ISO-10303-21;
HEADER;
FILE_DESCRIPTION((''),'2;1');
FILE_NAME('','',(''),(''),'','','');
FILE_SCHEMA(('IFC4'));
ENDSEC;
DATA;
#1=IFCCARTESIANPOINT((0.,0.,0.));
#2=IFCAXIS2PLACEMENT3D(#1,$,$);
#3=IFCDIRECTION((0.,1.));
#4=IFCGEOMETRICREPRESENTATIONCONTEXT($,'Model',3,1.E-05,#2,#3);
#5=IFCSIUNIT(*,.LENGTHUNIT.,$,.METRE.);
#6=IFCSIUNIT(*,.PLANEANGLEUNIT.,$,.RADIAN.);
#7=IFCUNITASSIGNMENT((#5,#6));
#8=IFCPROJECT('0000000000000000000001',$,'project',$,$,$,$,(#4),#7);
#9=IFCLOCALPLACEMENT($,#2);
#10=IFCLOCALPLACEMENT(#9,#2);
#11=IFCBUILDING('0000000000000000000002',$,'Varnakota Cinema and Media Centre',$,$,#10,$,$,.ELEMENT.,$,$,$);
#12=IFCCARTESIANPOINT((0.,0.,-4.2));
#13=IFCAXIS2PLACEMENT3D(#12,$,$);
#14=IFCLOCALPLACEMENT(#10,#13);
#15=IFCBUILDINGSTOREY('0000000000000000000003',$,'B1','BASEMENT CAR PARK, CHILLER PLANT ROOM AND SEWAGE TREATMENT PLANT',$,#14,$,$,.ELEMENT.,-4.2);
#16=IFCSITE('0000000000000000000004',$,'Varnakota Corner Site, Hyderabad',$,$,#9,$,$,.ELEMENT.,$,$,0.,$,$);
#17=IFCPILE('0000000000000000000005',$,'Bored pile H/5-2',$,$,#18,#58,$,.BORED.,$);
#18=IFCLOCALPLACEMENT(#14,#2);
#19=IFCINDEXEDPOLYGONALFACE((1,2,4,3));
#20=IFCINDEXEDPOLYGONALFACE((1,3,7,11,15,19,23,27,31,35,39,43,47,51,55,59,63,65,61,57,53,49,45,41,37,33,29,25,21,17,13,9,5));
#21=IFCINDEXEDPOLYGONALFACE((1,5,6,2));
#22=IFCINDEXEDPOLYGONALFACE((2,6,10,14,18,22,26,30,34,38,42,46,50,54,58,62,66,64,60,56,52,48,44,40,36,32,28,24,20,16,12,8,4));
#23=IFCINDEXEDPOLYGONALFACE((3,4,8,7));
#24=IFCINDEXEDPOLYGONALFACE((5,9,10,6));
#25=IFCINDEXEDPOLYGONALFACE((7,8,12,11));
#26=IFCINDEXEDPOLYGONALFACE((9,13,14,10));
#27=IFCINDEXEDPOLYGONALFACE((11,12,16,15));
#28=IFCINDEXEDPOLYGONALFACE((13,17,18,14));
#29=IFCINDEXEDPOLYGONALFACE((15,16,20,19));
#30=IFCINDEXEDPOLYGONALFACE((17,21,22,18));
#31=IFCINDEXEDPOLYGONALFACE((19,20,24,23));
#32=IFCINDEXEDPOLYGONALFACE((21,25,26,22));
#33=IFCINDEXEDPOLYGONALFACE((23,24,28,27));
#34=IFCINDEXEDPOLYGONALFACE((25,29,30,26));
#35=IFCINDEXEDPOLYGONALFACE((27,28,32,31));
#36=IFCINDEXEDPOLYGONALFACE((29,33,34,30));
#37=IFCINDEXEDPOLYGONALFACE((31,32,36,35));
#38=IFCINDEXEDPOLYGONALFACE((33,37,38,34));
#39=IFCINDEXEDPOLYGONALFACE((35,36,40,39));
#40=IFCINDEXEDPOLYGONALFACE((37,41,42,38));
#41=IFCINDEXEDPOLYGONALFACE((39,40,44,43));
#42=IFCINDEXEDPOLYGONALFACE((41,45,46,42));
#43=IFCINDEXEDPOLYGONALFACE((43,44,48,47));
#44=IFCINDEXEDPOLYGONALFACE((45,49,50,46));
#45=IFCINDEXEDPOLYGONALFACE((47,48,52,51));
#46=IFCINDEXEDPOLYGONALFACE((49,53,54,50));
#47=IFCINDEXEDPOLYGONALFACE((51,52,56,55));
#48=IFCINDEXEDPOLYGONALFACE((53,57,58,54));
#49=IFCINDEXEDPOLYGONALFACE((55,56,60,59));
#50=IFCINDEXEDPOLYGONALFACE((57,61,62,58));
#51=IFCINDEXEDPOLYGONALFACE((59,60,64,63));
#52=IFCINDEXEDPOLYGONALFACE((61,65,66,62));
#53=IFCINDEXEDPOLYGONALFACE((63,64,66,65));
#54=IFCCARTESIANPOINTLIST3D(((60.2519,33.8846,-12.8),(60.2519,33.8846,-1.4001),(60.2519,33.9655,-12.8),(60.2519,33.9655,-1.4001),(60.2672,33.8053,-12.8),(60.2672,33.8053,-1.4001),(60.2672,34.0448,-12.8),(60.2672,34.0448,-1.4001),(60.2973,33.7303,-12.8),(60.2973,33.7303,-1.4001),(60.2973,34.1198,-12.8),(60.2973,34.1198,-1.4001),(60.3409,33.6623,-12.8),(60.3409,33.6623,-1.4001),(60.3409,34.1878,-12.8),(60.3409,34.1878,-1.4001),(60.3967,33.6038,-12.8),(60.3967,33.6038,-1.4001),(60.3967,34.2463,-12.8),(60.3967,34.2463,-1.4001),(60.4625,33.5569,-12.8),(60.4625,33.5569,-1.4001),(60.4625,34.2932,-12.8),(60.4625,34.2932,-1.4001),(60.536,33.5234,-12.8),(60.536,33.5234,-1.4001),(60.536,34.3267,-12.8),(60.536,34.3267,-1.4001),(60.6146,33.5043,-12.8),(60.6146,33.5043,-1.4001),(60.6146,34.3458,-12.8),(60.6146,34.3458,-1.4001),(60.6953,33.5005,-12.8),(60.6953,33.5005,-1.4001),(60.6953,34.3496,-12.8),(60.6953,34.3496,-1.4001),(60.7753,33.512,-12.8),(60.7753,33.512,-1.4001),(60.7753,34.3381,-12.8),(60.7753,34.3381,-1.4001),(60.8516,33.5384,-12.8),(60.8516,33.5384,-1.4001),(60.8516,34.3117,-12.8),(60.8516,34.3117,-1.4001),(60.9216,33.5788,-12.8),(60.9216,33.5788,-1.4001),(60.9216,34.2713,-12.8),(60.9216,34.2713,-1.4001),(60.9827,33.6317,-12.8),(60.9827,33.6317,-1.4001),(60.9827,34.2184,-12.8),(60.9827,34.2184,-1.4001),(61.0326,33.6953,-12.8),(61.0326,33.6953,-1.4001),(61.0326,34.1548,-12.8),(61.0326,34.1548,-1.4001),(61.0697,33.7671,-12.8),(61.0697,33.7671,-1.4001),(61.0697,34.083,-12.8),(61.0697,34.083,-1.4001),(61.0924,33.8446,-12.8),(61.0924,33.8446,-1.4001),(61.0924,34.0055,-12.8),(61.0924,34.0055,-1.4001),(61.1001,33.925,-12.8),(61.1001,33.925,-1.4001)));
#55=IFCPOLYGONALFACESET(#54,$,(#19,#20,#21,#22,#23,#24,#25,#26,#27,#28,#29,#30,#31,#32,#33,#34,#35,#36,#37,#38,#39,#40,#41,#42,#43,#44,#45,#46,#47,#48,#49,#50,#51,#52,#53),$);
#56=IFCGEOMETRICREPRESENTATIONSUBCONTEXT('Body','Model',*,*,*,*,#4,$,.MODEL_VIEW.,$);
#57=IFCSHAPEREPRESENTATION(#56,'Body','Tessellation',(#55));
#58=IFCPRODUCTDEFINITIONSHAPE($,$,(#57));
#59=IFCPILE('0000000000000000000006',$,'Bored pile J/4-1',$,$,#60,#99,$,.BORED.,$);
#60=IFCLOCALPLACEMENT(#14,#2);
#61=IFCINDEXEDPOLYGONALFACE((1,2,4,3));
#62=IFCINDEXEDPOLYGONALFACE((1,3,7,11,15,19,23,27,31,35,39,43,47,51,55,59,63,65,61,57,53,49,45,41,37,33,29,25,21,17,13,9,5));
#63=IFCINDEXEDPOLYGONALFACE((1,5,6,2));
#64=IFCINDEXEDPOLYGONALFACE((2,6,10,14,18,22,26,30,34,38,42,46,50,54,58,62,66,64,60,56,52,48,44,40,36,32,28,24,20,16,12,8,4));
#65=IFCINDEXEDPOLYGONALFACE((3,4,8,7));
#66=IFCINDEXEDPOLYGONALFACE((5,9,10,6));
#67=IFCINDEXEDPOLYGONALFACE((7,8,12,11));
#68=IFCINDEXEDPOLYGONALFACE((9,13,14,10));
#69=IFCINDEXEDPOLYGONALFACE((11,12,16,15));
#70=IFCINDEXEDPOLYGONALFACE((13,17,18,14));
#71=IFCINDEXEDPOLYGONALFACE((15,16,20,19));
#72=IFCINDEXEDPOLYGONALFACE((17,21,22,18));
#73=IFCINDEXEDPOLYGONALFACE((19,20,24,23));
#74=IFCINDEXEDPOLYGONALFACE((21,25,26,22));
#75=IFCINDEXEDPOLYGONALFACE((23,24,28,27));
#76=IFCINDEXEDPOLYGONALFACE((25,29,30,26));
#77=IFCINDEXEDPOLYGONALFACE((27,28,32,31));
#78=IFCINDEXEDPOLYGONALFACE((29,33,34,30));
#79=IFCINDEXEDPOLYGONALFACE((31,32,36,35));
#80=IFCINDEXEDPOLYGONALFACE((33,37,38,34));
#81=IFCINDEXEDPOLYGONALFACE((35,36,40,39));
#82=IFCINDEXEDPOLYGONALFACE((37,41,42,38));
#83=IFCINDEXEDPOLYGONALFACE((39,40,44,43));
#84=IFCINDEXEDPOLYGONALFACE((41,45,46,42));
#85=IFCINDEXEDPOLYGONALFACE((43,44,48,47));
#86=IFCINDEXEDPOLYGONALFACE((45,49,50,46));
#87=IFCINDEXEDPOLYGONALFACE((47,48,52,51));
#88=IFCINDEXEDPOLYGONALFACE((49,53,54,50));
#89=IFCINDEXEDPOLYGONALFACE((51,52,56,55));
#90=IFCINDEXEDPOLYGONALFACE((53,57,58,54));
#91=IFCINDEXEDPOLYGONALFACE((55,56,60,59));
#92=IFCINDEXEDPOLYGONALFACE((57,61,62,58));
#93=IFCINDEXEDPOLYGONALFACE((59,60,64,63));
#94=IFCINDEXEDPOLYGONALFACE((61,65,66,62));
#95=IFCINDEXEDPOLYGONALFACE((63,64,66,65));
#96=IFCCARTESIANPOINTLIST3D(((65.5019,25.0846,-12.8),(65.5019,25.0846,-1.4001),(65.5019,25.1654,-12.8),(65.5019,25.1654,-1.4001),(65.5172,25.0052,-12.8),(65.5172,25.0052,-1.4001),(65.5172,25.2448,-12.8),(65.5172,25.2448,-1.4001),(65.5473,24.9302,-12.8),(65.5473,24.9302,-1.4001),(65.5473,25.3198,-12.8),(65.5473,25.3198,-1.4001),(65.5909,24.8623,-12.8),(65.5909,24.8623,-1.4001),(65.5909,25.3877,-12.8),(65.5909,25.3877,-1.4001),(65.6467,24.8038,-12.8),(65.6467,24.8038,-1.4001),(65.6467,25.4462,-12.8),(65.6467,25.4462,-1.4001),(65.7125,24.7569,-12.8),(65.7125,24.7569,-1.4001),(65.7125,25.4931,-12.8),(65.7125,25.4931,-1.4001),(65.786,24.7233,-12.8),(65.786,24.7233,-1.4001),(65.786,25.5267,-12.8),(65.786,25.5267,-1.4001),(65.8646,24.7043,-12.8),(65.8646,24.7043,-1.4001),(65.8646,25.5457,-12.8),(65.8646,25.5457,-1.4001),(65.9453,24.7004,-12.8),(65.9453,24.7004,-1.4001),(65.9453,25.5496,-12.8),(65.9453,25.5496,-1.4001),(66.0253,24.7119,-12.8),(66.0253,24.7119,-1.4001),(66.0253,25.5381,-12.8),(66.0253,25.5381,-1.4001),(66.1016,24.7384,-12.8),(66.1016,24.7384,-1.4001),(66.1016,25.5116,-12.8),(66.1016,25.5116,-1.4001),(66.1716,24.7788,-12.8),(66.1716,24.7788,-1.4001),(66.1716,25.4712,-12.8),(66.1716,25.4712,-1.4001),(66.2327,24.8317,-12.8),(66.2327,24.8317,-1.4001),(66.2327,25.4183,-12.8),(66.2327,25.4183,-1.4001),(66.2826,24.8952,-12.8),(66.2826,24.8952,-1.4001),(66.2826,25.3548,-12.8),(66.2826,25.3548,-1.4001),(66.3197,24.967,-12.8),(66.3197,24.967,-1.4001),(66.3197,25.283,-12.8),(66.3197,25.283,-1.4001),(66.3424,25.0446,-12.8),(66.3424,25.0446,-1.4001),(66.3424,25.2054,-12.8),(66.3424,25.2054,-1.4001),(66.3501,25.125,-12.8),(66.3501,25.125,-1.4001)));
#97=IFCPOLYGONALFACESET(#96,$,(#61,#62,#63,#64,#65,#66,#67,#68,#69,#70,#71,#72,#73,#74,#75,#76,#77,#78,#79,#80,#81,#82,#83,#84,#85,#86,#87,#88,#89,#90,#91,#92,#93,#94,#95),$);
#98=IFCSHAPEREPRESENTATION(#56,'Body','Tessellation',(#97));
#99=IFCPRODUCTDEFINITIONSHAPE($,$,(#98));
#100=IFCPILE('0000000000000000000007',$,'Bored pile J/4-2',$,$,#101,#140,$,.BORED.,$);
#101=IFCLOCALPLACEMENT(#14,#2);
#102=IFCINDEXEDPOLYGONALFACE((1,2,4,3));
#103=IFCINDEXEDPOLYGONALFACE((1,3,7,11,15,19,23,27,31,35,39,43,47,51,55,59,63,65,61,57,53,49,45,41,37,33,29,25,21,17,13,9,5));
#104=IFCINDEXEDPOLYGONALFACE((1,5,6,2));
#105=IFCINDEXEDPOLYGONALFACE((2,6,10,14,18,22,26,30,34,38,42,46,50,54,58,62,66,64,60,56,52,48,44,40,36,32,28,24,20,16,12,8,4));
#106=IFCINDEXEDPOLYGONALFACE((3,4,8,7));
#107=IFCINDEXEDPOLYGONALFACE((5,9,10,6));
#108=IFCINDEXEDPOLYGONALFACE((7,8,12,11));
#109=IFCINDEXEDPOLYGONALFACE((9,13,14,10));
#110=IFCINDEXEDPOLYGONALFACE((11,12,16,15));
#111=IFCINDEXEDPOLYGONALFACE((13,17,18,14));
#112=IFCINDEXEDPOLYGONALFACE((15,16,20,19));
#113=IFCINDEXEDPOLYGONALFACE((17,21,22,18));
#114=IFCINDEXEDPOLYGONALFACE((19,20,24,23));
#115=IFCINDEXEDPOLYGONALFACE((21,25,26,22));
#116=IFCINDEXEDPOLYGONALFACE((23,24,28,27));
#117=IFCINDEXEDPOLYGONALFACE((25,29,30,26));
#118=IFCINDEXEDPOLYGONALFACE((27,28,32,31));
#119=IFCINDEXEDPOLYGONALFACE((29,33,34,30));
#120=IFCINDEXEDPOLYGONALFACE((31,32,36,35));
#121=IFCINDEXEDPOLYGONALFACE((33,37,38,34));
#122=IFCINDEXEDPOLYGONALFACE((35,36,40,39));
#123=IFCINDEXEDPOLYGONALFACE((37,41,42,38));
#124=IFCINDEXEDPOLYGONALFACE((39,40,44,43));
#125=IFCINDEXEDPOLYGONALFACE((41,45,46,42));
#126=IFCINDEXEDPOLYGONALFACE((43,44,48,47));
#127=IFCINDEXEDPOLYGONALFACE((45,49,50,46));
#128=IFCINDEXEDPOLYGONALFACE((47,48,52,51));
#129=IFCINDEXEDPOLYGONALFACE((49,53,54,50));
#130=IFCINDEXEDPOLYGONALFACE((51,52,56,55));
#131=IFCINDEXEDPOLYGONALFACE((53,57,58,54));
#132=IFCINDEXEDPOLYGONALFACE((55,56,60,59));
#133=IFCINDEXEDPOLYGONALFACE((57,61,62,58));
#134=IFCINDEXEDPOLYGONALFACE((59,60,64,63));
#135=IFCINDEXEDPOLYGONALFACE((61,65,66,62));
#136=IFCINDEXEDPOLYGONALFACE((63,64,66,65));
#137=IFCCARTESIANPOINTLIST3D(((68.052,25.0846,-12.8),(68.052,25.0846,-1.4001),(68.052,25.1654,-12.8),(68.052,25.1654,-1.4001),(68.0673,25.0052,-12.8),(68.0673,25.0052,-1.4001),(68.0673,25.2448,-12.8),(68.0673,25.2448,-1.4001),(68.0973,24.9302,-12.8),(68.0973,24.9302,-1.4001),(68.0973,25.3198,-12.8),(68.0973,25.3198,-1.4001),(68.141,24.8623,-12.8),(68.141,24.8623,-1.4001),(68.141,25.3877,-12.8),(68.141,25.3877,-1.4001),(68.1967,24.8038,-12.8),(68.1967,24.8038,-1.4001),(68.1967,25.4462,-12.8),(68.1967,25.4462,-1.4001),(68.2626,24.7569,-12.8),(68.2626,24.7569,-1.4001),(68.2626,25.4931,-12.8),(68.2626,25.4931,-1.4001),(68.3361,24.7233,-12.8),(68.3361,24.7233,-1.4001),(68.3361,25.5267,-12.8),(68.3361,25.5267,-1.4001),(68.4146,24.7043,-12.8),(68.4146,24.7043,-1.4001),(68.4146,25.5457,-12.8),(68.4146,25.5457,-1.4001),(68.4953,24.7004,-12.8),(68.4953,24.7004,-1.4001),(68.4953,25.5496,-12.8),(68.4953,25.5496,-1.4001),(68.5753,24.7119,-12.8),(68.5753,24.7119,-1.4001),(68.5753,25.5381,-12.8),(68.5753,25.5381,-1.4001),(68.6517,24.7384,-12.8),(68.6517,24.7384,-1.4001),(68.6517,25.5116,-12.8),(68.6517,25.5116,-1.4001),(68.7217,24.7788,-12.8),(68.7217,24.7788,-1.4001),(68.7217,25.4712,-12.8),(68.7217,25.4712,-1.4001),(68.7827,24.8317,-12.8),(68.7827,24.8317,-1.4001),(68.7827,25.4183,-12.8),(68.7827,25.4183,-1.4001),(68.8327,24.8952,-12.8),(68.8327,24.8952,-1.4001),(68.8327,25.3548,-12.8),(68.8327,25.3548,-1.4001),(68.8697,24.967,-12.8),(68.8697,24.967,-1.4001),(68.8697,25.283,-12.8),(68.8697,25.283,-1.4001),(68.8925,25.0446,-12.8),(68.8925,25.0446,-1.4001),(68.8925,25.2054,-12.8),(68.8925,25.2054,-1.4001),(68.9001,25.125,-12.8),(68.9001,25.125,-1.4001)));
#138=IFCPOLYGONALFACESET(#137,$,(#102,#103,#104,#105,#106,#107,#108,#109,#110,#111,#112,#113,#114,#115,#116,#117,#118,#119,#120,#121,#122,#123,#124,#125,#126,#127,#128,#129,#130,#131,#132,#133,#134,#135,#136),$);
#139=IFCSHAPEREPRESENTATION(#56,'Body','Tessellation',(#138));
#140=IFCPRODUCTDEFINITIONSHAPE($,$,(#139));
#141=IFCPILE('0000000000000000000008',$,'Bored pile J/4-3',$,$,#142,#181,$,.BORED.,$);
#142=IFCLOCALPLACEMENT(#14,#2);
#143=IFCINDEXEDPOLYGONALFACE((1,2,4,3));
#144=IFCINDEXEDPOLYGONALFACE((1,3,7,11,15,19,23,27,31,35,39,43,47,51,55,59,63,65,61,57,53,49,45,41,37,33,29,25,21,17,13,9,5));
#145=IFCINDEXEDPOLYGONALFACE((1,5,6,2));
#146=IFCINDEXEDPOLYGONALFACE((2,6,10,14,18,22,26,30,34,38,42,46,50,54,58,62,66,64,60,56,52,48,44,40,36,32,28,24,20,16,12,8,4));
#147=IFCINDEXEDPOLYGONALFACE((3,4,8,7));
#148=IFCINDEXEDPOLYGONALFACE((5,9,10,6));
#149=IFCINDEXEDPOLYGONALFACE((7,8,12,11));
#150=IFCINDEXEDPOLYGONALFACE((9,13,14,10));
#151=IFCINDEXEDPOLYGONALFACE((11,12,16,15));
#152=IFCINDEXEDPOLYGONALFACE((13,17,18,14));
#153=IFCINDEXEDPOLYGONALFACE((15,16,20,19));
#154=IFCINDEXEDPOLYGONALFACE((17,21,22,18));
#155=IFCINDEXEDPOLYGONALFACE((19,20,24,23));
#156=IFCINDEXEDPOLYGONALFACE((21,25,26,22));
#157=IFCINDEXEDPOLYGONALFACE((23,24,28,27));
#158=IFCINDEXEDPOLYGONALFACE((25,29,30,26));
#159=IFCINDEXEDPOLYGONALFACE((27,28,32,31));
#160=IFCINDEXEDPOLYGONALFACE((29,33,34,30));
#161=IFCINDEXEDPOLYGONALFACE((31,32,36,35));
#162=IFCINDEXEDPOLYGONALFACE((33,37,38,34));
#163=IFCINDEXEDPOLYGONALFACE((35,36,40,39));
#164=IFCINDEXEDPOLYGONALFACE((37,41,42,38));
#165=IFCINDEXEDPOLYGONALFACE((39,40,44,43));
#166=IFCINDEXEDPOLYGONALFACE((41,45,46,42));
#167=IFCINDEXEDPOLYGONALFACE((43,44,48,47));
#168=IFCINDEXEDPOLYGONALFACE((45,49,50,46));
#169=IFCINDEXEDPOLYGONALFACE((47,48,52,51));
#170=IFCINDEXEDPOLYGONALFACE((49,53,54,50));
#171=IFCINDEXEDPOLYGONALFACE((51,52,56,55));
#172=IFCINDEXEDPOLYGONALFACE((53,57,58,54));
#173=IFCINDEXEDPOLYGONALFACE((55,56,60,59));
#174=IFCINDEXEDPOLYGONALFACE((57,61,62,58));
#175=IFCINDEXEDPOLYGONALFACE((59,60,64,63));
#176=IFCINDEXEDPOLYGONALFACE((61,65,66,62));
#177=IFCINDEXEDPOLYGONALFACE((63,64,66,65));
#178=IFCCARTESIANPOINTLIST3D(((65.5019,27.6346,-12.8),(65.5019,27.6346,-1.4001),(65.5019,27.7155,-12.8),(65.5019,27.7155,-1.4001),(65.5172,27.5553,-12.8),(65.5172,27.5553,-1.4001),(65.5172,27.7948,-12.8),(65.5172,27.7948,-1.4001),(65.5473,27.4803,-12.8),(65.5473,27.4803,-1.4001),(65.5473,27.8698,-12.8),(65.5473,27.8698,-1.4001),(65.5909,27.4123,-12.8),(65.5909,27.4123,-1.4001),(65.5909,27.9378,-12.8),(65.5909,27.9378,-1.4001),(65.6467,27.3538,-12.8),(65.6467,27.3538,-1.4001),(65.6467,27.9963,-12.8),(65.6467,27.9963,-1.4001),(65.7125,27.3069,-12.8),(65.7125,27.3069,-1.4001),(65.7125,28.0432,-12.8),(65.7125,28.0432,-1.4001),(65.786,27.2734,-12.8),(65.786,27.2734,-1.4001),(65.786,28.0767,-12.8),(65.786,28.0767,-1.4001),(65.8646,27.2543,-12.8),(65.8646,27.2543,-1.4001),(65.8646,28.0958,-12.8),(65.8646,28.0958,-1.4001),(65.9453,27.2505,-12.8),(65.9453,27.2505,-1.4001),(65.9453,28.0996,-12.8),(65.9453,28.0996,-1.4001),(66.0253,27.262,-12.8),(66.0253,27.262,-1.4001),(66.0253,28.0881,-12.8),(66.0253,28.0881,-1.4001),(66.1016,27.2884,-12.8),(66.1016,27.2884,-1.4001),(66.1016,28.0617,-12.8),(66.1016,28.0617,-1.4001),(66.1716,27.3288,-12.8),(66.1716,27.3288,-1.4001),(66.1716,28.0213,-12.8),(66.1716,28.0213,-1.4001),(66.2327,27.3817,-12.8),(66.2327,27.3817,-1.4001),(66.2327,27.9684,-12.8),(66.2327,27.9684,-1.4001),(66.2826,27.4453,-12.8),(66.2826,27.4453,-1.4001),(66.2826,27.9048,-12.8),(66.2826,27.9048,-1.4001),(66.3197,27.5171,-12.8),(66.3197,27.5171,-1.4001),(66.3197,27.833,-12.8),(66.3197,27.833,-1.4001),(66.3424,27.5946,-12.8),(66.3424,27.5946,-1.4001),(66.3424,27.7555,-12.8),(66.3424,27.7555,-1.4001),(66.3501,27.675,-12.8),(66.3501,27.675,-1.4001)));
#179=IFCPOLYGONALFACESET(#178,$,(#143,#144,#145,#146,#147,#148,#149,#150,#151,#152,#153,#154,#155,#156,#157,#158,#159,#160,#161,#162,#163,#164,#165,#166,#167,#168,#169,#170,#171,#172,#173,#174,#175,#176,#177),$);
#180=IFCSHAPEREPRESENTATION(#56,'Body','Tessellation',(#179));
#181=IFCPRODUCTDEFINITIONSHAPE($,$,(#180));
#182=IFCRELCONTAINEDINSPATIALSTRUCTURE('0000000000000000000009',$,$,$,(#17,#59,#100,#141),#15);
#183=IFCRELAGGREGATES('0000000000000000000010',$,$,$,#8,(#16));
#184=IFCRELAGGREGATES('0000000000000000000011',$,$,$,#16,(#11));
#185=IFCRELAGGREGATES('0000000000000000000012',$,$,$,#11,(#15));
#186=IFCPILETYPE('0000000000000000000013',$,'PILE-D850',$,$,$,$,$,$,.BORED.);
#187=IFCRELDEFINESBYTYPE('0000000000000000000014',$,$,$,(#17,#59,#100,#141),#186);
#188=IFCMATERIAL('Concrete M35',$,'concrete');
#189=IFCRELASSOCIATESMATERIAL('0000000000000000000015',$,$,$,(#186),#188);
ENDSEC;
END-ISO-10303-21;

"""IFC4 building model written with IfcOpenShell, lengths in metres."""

from ifc_helpers import new_model, si_unit, direction, frame, origin, origin_2d, place, context, subcontext, project, spatial, circle, extrude, material, material_profile, profile_set, type_object, element, save


model = new_model("IFC4")

# Units and contexts
model_context = context("Model", 3, precision=1e-05, world=origin(), true_north=direction((0.0, 1.0)))
body_context = subcontext(model_context, "Body", "Model", "MODEL_VIEW")
ifc_project = project(units=[si_unit("LENGTHUNIT", "METRE"), si_unit("PLANEANGLEUNIT", "RADIAN")], contexts=[model_context])

# Site, building, storey
site_placement = place(None, origin())
site = spatial("IfcSite", under=ifc_project, at=site_placement, Name="Varnakota Corner Site, Hyderabad", CompositionType="ELEMENT", RefElevation=0.0)
building_placement = place(site_placement, origin())
building = spatial("IfcBuilding", under=site, at=building_placement, Name="Varnakota Cinema and Media Centre", CompositionType="ELEMENT")
storey_placement = place(building_placement, frame((0.0, 0.0, -4.2)))
storey = spatial("IfcBuildingStorey", under=building, at=storey_placement, Name="B1", Description="BASEMENT CAR PARK, CHILLER PLANT ROOM AND SEWAGE TREATMENT PLANT", CompositionType="ELEMENT", Elevation=-4.2)

# Piles
ifc_material_1 = material(Name="Concrete M35", Category="concrete")
ifc_material_profile_1 = material_profile(ifc_material_1, circle(Radius=0.425, at=origin_2d()), Name="PILE D850")
ifc_profile_set_1 = profile_set([ifc_material_profile_1], Name="Concrete M35")
pile_type_1 = type_object("IfcPileType", Name="PILE-D850", PredefinedType="BORED", material=ifc_profile_set_1)
for number, where, z_axis, x_axis, name in (
    (1, (60.675, 33.925, -1.4001), (0.0, 0.0, -1.0), (1.0, 0.0, 0.0), "Bored pile H/5-2"),
    (2, (65.925, 25.125, -1.4001), (0.0, 0.0, -1.0), (1.0, 0.0, 0.0), "Bored pile J/4-1"),
    (3, (68.4751, 25.125, -1.4001), (0.0, 0.0, -1.0), (1.0, 0.0, 0.0), "Bored pile J/4-2"),
    (4, (65.925, 27.675, -1.4001), (0.0, 0.0, -1.0), (1.0, 0.0, 0.0), "Bored pile J/4-3"),
):
    element("IfcPile", number, at=place(storey_placement, frame(where, z_axis=z_axis, x_axis=x_axis)), inside=storey, type_object=pile_type_1, Name=name, PredefinedType="BORED", context=body_context, shape_type="SweptSolid", body=[
        extrude(circle(Radius=0.425, at=origin_2d()), origin(), (0.0, 0.0, 1.0), 11.3999),
    ])

save(model, "model.ifc")
